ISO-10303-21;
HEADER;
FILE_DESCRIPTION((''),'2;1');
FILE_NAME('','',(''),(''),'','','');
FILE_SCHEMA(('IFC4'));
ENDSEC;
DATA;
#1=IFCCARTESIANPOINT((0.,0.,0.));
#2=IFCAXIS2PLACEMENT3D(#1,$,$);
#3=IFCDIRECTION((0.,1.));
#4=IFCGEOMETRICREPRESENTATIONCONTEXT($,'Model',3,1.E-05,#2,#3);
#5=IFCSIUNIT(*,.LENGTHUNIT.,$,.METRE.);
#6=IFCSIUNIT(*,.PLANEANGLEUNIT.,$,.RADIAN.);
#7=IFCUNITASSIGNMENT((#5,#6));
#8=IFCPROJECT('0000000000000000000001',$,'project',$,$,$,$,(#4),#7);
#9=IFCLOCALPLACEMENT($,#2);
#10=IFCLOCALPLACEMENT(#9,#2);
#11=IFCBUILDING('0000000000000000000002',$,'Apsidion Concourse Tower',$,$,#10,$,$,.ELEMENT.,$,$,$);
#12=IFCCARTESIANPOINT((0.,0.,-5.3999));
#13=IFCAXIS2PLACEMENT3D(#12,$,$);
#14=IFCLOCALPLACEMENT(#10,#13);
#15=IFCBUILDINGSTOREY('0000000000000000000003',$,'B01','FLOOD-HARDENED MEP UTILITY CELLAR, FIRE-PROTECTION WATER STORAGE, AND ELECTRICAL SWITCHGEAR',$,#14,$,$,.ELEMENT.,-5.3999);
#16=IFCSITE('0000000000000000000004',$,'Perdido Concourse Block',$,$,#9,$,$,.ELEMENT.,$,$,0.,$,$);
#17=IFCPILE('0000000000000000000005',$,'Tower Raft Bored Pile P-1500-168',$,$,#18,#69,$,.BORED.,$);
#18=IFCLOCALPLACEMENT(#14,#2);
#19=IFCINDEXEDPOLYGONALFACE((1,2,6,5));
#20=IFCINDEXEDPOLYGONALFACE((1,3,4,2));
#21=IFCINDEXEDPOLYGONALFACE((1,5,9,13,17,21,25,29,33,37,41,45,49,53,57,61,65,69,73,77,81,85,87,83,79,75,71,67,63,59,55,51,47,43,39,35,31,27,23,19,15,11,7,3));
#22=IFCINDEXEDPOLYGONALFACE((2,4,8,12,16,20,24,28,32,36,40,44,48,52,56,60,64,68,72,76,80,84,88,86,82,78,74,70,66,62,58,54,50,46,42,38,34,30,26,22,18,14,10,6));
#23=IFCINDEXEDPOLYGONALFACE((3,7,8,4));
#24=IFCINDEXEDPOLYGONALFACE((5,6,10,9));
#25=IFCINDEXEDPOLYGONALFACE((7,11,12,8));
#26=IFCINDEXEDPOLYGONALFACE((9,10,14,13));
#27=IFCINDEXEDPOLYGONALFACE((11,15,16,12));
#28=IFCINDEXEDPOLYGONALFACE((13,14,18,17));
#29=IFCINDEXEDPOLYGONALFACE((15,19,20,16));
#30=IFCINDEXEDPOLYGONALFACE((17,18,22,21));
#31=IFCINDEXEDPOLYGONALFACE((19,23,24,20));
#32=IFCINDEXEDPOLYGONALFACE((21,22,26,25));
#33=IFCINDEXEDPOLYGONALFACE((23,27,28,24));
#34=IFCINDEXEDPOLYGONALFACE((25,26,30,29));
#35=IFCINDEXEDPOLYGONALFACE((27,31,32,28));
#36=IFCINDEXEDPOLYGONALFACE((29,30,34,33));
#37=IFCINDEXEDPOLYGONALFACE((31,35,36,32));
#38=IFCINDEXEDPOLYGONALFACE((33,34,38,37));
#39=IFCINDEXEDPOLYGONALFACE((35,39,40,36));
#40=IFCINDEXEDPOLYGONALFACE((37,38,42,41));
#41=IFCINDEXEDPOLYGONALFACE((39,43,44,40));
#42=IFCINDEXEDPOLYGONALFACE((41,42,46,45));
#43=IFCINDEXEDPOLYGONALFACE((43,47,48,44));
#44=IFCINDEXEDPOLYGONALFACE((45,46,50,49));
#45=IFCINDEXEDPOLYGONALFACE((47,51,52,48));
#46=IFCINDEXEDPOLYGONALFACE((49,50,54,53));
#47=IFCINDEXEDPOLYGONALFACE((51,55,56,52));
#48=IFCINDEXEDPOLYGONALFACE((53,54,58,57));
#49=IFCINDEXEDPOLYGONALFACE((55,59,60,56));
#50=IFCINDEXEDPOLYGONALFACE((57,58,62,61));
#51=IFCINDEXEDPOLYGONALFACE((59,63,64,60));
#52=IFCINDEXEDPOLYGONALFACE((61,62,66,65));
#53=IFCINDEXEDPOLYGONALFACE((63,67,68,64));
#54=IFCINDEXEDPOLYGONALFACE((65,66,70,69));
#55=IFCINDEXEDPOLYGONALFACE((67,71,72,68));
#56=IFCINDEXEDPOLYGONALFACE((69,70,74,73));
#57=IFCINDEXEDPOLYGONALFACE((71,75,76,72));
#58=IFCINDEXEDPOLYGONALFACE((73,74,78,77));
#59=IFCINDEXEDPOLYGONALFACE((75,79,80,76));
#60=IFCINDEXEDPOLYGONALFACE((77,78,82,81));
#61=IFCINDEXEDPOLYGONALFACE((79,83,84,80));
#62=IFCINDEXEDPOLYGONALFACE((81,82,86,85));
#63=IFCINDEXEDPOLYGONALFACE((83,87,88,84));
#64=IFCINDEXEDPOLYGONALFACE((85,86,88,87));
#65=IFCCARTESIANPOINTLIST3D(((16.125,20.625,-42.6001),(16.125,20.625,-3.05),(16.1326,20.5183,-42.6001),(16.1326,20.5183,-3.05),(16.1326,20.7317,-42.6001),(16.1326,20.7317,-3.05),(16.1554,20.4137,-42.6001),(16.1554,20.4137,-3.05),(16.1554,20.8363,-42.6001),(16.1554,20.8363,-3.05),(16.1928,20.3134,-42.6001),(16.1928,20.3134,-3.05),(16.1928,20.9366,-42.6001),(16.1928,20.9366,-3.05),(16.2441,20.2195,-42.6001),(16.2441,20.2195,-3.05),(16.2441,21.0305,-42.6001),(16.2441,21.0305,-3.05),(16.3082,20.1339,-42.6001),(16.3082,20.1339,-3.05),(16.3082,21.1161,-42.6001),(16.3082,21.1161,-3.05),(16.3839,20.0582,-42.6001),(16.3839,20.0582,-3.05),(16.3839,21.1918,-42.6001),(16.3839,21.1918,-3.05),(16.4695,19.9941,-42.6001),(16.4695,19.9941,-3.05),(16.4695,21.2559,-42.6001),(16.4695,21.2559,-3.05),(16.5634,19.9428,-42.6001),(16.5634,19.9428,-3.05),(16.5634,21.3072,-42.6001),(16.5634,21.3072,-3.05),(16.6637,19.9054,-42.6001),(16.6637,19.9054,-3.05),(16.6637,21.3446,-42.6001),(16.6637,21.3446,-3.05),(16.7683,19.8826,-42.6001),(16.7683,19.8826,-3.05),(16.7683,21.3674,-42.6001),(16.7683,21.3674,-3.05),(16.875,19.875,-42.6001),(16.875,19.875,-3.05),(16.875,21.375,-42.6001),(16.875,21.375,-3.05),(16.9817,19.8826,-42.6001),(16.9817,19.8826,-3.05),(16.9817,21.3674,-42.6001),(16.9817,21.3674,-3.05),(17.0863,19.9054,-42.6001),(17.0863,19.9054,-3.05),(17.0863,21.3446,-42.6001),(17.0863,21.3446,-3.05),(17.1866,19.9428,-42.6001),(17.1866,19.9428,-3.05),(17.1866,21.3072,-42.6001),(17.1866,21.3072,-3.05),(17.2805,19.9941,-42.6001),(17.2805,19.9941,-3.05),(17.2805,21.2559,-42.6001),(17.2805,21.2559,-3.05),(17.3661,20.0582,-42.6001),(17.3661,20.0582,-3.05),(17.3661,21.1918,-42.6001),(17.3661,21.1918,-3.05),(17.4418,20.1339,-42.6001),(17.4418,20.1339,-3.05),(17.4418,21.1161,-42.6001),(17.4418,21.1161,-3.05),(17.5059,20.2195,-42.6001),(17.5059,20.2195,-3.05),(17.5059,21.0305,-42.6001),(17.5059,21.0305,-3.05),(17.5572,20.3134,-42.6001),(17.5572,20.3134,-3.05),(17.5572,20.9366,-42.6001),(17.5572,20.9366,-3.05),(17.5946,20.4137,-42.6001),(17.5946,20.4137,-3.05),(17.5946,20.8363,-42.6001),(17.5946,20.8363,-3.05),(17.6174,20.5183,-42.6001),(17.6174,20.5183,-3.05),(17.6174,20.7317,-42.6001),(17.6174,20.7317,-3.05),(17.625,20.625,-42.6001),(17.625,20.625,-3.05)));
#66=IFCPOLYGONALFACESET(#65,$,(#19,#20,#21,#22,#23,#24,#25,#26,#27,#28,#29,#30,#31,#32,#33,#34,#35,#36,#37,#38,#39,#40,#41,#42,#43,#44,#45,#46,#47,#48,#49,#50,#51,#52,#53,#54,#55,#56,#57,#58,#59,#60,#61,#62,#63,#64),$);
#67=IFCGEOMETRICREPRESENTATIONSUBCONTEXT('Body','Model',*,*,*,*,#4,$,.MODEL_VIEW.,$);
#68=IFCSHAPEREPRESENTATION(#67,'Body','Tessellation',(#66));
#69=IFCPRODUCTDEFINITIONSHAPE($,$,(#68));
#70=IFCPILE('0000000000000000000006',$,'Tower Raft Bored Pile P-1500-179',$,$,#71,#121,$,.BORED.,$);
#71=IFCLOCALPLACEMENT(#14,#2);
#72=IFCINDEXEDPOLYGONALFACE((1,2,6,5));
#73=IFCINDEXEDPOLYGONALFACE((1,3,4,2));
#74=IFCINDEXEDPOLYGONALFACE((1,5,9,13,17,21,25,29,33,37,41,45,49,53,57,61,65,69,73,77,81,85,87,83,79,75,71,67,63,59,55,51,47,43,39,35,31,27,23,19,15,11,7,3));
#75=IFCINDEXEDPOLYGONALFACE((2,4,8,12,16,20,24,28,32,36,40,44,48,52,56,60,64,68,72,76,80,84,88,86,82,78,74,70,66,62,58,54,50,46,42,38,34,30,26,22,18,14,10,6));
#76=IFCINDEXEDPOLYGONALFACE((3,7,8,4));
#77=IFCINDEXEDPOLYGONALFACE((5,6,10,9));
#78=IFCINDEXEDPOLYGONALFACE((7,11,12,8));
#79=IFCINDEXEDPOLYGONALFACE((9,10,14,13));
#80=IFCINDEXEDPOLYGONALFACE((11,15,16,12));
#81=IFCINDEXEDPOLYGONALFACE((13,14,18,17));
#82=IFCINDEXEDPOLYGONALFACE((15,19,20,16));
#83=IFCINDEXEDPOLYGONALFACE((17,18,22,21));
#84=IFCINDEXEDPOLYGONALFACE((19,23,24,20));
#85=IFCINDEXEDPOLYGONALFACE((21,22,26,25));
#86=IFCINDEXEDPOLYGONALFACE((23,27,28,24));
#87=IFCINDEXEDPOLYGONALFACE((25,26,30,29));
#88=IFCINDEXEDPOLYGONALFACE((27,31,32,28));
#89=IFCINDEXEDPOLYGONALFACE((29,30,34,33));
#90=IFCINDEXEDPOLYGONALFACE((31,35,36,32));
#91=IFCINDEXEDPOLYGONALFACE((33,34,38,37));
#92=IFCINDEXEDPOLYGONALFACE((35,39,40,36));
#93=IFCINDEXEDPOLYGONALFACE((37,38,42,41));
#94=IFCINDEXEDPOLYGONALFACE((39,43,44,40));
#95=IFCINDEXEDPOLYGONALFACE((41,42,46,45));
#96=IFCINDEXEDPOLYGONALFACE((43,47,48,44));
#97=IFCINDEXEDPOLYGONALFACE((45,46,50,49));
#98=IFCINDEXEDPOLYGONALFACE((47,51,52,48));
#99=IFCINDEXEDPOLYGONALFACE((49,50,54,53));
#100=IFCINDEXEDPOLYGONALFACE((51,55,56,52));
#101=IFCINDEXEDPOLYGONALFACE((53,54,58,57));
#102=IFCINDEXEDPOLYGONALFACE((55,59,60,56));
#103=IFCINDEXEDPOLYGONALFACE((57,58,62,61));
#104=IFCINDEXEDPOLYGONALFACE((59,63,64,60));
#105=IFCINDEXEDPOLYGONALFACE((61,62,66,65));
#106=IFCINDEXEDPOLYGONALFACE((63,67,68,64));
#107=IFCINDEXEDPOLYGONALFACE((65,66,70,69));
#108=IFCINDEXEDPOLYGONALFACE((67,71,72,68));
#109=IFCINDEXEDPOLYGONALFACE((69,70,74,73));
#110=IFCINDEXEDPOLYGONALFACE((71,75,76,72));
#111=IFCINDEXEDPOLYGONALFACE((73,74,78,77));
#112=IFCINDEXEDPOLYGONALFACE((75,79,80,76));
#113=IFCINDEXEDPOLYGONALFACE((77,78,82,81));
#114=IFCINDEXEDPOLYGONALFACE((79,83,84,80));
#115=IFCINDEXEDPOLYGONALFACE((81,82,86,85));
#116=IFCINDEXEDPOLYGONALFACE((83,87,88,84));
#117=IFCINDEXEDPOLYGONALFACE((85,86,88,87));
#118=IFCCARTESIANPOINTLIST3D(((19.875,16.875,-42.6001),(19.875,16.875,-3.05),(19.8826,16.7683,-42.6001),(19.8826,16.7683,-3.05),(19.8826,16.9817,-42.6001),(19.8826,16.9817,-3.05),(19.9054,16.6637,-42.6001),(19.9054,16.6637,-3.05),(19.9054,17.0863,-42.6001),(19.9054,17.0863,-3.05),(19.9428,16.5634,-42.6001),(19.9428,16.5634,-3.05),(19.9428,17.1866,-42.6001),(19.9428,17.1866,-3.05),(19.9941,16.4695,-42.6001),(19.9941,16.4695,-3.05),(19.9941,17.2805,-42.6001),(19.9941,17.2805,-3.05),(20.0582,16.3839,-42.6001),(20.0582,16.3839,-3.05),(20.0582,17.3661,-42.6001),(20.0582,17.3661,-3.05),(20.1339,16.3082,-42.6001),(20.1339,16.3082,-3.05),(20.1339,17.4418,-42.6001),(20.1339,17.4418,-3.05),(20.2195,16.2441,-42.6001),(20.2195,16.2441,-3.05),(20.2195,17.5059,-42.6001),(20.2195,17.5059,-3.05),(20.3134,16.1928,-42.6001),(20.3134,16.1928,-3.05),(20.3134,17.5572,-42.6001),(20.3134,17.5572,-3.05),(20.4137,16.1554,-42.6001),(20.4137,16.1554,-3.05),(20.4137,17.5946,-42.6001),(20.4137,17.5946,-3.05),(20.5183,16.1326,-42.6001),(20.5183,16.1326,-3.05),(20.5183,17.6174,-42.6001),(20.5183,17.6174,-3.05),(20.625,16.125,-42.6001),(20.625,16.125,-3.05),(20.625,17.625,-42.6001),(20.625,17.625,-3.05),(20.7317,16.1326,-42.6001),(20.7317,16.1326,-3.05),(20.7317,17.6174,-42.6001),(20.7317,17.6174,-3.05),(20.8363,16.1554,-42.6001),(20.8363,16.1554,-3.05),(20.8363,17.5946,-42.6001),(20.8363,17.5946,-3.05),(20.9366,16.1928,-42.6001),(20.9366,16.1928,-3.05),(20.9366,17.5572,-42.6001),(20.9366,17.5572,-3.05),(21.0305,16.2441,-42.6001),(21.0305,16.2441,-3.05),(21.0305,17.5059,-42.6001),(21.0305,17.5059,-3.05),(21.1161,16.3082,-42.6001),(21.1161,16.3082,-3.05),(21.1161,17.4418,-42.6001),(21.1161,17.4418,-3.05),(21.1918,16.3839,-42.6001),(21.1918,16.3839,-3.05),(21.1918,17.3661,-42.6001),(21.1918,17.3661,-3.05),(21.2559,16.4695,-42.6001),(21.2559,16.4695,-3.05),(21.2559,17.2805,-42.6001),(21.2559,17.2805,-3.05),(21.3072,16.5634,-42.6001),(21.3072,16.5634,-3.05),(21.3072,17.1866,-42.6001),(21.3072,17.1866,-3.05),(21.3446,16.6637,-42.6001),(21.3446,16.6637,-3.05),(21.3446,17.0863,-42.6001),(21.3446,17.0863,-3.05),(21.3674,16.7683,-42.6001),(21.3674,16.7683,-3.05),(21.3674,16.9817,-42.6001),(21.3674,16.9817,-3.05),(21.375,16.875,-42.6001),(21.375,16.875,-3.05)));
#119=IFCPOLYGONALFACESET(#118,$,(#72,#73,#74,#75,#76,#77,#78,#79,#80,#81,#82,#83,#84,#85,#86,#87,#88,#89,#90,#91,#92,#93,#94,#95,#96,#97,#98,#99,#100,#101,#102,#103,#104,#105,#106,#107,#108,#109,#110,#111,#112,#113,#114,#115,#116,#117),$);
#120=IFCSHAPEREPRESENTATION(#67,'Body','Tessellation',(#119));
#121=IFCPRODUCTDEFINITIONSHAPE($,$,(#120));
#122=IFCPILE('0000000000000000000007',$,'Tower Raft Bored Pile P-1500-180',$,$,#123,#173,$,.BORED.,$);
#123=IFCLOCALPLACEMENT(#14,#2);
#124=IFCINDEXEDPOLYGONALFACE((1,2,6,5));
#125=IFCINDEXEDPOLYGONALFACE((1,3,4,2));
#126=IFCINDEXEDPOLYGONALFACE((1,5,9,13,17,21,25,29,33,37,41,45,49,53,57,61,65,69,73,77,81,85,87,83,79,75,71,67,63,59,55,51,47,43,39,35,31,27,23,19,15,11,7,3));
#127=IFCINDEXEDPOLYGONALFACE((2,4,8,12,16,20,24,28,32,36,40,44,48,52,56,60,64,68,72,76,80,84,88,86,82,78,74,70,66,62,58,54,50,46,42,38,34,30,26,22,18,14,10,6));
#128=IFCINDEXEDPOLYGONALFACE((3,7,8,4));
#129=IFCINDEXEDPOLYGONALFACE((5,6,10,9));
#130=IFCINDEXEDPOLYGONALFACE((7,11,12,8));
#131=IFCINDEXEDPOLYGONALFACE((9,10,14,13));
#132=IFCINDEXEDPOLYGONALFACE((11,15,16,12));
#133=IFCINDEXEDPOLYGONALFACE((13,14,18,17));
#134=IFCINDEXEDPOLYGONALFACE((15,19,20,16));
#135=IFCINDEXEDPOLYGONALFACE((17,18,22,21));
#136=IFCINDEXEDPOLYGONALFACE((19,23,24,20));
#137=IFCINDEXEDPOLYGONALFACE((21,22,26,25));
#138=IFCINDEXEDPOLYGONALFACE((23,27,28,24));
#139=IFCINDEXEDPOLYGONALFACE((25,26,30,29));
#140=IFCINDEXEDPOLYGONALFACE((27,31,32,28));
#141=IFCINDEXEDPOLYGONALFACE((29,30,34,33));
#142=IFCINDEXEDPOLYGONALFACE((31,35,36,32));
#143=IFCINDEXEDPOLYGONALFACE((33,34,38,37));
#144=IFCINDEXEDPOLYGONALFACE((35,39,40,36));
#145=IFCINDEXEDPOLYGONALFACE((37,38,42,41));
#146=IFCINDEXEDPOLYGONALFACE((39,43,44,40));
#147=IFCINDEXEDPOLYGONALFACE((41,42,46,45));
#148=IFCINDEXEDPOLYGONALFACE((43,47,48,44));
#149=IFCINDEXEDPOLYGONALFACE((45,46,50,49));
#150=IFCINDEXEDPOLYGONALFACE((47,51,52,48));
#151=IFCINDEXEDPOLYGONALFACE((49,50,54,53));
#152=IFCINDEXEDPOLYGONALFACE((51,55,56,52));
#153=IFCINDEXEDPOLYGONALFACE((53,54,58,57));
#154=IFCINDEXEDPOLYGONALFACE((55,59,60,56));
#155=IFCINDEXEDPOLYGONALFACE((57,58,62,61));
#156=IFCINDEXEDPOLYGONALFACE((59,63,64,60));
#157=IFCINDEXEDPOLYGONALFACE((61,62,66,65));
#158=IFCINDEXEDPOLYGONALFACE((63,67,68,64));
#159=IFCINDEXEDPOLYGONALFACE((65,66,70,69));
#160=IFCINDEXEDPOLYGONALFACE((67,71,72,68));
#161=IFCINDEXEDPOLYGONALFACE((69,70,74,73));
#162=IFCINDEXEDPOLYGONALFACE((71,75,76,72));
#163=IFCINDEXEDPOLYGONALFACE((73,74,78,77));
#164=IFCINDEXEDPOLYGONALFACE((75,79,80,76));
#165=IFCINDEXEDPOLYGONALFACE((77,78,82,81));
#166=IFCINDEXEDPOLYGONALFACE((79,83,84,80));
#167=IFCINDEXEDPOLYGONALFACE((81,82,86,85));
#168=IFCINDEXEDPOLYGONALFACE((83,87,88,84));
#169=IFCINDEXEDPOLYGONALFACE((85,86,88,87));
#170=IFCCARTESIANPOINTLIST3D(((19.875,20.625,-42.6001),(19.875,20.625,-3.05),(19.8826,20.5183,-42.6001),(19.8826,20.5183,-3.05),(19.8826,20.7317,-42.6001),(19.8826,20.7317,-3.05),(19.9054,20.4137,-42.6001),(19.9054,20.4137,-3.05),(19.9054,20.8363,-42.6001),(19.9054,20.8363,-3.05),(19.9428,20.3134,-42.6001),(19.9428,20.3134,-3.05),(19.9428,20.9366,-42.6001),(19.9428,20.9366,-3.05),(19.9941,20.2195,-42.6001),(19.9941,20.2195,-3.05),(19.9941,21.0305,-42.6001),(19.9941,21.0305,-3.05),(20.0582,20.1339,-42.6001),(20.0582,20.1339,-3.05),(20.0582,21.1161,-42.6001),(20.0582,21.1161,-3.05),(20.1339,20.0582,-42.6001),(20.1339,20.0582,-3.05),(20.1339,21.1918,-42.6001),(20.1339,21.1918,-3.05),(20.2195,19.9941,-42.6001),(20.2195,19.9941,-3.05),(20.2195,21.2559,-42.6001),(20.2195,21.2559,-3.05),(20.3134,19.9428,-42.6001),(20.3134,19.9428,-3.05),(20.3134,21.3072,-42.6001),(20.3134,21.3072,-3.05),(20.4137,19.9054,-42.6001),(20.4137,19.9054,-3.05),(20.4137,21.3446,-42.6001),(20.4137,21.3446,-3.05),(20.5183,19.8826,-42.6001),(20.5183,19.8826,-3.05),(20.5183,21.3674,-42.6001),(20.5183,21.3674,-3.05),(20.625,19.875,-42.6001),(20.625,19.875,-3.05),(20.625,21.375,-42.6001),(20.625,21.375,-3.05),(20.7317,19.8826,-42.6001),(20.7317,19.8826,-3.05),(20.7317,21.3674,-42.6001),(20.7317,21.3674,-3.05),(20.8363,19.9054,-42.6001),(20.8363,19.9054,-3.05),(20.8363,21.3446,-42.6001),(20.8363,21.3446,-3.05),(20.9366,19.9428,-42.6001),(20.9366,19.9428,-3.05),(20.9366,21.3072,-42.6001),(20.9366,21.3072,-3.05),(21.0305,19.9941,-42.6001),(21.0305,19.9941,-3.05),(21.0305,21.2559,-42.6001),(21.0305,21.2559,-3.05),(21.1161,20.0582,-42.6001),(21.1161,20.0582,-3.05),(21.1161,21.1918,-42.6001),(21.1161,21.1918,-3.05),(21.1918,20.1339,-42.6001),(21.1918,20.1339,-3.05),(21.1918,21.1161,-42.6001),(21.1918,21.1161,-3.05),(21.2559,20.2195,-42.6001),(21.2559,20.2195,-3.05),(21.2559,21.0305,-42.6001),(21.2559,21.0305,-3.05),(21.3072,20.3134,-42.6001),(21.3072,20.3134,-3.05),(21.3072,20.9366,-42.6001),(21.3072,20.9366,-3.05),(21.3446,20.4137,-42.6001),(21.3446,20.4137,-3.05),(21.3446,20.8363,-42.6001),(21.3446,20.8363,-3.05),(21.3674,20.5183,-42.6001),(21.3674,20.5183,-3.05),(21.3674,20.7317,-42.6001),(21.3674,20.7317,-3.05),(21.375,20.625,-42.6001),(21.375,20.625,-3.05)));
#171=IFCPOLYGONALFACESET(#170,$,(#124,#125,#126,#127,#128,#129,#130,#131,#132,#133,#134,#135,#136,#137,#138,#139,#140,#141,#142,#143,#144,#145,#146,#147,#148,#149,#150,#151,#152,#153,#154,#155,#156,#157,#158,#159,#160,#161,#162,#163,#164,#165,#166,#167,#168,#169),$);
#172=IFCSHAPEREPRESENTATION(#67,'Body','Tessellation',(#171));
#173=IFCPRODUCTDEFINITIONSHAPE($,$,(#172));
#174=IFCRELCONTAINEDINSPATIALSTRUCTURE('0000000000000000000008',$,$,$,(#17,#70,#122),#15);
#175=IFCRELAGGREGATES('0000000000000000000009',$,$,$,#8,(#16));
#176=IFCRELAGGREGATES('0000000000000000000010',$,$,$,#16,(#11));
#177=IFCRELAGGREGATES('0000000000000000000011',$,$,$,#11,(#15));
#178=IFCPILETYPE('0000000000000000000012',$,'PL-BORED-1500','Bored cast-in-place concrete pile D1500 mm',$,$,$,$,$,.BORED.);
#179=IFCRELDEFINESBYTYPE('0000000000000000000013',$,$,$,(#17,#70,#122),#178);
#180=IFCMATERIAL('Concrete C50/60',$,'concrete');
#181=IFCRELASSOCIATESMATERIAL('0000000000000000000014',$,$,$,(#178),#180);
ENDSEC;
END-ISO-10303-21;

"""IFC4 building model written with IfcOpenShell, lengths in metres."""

from ifc_helpers import new_model, si_unit, direction, frame, origin, origin_2d, place, context, subcontext, project, spatial, circle, extrude, material, material_profile, profile_set, type_object, element, save


model = new_model("IFC4")

# Units and contexts
model_context = context("Model", 3, precision=1e-05, world=origin(), true_north=direction((0.0, 1.0)))
body_context = subcontext(model_context, "Body", "Model", "MODEL_VIEW")
ifc_project = project(units=[si_unit("LENGTHUNIT", "METRE"), si_unit("PLANEANGLEUNIT", "RADIAN")], contexts=[model_context])

# Site, building, storey
site_placement = place(None, origin())
site = spatial("IfcSite", under=ifc_project, at=site_placement, Name="Perdido Concourse Block", CompositionType="ELEMENT", RefElevation=0.0)
building_placement = place(site_placement, origin())
building = spatial("IfcBuilding", under=site, at=building_placement, Name="Apsidion Concourse Tower", CompositionType="ELEMENT")
storey_placement = place(building_placement, frame((0.0, 0.0, -5.3999)))
storey = spatial("IfcBuildingStorey", under=building, at=storey_placement, Name="B01", Description="FLOOD-HARDENED MEP UTILITY CELLAR, FIRE-PROTECTION WATER STORAGE, AND ELECTRICAL SWITCHGEAR", CompositionType="ELEMENT", Elevation=-5.3999)

# Shared definitions
ifc_material_1 = material(Name="Concrete C50/60", Category="concrete")

# Piles
ifc_material_profile_1 = material_profile(ifc_material_1, circle(Radius=0.75, at=origin_2d()), Name="BORED PILE D1500")
ifc_profile_set_1 = profile_set([ifc_material_profile_1], Name="Concrete C50/60")
pile_type_1 = type_object("IfcPileType", Name="PL-BORED-1500", Description="Bored cast-in-place concrete pile D1500 mm", PredefinedType="BORED", material=ifc_profile_set_1)
for number, where, z_axis, x_axis, name in (
    (1, (16.875, 20.625, -3.05), (0.0, 0.0, -1.0), (1.0, 0.0, 0.0), "Tower Raft Bored Pile P-1500-168"),
    (2, (20.625, 16.875, -3.05), (0.0, 0.0, -1.0), (1.0, 0.0, 0.0), "Tower Raft Bored Pile P-1500-179"),
    (3, (20.625, 20.625, -3.05), (0.0, 0.0, -1.0), (1.0, 0.0, 0.0), "Tower Raft Bored Pile P-1500-180"),
):
    element("IfcPile", number, at=place(storey_placement, frame(where, z_axis=z_axis, x_axis=x_axis)), inside=storey, type_object=pile_type_1, Name=name, PredefinedType="BORED", context=body_context, shape_type="SweptSolid", body=[
        extrude(circle(Radius=0.75, at=origin_2d()), origin(), (0.0, 0.0, 1.0), 39.55),
    ])

save(model, "model.ifc")
